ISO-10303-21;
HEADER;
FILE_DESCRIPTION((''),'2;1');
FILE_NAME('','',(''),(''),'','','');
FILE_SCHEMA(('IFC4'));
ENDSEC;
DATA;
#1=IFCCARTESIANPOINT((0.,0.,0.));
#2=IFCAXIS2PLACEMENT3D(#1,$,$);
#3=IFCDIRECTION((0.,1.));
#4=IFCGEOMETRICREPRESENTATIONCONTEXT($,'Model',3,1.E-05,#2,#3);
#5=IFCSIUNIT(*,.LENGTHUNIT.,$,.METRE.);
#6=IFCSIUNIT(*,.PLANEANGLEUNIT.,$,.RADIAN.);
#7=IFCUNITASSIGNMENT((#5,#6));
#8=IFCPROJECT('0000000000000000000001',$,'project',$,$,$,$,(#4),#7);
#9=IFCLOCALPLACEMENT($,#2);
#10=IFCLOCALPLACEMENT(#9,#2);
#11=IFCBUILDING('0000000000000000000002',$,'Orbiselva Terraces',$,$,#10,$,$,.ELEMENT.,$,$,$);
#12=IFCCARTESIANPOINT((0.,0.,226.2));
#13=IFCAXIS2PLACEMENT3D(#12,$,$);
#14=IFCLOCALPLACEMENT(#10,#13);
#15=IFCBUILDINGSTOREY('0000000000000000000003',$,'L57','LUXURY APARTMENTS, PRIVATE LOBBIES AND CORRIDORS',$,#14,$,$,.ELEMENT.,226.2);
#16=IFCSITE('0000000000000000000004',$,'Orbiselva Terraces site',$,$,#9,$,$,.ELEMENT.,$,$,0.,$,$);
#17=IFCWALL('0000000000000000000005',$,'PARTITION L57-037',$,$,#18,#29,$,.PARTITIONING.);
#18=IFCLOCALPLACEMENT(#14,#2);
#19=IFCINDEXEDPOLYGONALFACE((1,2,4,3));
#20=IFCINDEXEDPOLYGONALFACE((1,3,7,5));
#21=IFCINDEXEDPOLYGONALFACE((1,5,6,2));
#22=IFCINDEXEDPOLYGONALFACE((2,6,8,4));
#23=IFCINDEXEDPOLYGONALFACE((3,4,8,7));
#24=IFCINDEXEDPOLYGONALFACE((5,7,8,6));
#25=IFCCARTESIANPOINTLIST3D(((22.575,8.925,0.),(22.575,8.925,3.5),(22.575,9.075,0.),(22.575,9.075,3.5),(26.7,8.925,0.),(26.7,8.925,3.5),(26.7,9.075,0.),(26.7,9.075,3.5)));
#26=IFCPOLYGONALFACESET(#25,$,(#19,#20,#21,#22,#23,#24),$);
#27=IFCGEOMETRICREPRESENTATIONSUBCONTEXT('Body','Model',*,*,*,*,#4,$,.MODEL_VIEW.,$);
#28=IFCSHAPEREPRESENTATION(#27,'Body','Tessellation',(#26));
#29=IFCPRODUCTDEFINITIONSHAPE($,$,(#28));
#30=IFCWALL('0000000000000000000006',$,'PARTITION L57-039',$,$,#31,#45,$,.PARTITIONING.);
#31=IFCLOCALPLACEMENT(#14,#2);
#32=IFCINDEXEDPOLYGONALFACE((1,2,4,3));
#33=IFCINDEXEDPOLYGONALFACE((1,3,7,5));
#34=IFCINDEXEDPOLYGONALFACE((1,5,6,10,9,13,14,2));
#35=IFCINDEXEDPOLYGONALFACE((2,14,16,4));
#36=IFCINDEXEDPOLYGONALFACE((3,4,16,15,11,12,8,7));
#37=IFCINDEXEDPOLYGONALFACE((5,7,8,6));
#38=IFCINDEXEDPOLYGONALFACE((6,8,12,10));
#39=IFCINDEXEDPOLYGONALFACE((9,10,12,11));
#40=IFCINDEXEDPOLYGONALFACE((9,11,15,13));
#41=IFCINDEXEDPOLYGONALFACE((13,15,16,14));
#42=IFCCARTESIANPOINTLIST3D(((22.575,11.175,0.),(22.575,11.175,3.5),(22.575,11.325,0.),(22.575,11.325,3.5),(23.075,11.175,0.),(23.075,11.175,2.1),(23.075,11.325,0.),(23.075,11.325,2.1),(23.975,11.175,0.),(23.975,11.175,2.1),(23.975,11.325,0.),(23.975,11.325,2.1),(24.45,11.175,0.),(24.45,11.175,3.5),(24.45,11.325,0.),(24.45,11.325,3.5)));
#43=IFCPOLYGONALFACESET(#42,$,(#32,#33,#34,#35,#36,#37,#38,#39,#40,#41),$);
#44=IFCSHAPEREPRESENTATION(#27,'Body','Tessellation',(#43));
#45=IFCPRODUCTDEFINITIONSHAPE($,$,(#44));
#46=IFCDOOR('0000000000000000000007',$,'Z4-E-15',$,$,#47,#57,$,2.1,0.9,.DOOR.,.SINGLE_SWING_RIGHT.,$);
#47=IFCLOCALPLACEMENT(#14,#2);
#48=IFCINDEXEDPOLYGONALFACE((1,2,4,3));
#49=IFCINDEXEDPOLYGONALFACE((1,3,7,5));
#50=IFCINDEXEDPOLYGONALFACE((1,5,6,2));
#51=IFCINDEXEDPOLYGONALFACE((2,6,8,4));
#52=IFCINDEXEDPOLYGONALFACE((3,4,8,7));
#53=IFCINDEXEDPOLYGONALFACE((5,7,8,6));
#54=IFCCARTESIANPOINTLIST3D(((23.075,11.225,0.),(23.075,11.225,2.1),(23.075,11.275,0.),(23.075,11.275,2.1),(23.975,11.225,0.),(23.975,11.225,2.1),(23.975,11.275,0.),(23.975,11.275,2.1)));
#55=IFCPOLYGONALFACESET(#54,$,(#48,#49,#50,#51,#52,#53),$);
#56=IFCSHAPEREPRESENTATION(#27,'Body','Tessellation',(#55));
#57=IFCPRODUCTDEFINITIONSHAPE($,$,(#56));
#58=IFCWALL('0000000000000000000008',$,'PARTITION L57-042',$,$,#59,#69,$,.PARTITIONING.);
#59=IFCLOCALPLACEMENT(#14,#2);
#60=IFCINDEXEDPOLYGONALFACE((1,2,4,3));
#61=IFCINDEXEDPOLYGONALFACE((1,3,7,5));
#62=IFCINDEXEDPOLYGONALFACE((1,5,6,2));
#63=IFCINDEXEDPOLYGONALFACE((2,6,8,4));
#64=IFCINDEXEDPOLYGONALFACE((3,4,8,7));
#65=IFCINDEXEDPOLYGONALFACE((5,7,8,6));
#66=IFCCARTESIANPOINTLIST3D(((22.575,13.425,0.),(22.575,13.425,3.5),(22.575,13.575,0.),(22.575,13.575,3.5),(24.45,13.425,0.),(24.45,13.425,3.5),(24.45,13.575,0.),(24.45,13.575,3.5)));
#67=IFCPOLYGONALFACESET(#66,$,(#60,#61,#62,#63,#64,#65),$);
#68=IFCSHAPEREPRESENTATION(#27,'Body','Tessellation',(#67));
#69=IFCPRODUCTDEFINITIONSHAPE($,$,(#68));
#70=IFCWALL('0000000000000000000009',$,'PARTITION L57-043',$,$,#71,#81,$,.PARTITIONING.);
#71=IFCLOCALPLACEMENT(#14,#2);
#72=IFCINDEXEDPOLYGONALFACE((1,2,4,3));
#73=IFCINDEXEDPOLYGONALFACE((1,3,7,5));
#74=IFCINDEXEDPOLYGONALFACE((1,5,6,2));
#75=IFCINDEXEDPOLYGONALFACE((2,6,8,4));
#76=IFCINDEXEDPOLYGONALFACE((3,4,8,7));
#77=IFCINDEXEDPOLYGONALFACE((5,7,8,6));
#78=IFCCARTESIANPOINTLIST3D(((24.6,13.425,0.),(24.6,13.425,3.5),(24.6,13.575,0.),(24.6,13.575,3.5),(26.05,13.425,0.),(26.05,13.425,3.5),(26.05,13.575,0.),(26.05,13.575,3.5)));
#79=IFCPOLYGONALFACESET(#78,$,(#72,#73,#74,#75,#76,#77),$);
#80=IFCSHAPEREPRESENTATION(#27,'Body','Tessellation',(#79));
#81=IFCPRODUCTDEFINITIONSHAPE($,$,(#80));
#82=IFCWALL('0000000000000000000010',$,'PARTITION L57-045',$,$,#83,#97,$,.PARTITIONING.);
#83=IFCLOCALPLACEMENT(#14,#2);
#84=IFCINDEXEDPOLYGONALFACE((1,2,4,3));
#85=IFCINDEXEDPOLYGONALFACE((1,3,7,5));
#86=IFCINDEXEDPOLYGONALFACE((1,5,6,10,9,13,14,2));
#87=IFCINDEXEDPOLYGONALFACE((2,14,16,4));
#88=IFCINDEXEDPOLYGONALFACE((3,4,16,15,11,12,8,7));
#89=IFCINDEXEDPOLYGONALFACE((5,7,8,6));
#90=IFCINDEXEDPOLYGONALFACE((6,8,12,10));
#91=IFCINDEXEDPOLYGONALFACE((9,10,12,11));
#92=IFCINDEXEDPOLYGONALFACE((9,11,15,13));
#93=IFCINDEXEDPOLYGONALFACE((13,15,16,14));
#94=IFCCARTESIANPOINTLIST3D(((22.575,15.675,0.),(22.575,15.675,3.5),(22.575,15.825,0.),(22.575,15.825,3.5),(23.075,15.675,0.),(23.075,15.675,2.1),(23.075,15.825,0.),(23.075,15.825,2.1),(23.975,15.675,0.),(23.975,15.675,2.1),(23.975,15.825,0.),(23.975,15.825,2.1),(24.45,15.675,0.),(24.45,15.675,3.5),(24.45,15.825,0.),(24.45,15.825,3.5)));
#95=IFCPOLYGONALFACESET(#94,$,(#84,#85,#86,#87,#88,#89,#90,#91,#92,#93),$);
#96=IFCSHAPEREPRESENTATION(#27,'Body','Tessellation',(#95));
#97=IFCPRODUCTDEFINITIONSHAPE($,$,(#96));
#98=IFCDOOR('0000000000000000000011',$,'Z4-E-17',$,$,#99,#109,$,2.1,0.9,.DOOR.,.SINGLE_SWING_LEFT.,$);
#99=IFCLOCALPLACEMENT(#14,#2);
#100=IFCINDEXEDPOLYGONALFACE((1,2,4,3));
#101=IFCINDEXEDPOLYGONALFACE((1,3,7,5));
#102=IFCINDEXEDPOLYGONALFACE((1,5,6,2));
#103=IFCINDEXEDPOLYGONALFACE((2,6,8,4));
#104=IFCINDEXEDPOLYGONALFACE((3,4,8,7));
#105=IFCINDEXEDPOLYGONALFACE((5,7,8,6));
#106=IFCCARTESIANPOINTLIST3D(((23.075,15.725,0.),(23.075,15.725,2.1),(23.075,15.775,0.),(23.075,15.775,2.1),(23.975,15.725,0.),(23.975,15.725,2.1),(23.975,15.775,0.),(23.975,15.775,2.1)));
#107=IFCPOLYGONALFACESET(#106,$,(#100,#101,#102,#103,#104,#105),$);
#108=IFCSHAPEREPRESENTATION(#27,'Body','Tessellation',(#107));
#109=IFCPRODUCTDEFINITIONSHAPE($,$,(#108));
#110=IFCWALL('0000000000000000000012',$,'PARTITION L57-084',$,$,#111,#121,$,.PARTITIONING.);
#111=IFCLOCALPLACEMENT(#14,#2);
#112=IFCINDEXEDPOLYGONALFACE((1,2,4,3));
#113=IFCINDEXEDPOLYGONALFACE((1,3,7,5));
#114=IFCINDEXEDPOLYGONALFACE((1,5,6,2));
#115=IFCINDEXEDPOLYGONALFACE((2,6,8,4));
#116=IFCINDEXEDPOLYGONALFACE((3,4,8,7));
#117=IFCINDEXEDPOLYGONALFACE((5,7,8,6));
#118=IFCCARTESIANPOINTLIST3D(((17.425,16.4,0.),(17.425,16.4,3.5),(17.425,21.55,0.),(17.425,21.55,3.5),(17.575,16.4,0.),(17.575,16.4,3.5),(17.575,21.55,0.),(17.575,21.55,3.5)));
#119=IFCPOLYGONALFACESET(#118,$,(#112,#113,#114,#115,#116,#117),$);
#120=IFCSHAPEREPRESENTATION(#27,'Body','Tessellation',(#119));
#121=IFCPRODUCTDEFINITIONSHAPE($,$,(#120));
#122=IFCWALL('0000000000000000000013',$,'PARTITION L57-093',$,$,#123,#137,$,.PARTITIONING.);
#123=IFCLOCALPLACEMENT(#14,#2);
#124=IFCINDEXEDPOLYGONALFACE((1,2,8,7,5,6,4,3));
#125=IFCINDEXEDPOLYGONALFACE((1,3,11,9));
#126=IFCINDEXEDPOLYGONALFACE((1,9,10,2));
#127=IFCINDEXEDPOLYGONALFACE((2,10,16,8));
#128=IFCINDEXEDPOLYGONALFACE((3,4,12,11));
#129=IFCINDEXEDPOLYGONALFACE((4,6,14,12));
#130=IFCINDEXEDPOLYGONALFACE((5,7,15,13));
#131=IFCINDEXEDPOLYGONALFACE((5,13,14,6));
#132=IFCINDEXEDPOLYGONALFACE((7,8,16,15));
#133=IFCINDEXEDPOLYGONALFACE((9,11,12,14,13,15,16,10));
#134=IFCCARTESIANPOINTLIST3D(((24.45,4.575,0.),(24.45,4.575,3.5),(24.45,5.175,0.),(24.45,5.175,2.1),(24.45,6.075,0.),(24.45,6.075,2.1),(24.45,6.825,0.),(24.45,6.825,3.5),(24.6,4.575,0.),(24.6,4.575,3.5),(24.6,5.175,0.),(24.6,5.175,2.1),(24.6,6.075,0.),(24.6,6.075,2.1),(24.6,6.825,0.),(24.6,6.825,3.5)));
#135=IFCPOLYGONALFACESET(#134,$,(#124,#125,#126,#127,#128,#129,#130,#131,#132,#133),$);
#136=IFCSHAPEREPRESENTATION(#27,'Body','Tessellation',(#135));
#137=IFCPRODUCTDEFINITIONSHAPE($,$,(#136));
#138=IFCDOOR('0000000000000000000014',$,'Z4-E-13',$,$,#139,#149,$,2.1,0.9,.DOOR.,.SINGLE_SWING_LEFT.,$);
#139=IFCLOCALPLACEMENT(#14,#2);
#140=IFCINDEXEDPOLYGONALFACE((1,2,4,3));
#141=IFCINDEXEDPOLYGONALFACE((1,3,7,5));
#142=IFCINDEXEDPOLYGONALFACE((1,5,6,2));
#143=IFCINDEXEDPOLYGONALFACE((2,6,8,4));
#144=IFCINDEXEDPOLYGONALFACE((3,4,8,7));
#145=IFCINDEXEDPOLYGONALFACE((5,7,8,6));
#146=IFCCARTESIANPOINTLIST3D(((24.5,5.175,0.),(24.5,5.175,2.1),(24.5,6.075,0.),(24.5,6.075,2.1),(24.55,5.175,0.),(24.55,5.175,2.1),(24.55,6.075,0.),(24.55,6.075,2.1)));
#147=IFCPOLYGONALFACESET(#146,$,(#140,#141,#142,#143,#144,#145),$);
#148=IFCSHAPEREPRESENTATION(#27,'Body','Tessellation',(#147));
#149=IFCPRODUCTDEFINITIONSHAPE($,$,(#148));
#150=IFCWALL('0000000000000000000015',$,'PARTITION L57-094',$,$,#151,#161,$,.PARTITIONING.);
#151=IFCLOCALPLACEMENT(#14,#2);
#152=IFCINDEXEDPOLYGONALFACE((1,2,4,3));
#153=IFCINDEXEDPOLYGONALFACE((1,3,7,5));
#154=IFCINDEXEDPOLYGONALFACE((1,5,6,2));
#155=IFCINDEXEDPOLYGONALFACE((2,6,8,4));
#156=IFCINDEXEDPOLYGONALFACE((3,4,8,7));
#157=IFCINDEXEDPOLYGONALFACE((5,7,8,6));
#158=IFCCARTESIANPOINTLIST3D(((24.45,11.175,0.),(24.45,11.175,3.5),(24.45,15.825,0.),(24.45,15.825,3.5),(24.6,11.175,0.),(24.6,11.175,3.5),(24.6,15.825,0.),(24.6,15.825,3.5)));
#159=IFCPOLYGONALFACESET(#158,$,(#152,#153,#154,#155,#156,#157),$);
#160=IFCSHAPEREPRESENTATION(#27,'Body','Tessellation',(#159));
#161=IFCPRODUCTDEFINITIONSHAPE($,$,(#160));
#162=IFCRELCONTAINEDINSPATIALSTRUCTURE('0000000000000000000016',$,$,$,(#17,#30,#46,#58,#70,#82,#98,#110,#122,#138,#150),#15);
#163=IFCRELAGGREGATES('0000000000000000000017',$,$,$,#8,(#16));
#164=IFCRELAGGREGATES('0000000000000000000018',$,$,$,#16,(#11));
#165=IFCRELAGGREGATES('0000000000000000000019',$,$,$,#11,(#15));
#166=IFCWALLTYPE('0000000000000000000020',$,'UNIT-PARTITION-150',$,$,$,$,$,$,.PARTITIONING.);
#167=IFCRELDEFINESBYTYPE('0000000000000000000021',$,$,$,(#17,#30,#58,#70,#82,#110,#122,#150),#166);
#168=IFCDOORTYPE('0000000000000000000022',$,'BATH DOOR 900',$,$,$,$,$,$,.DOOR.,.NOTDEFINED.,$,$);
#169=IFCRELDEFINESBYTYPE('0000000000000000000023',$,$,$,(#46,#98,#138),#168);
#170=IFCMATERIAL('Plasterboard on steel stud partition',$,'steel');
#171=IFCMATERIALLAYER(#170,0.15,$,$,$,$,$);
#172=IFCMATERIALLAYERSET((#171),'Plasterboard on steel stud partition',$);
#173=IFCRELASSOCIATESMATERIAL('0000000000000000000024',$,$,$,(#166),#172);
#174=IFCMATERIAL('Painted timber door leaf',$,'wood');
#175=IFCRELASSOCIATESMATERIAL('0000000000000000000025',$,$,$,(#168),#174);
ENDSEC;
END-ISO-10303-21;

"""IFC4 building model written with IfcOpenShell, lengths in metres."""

from ifc_helpers import new_model, si_unit, direction, frame, frame_2d, origin, place, context, subcontext, project, spatial, rectangle, extrude, material, layer, layer_set, type_object, element, fill, save


model = new_model("IFC4")

# Units and contexts
model_context = context("Model", 3, precision=1e-05, world=origin(), true_north=direction((0.0, 1.0)))
body_context = subcontext(model_context, "Body", "Model", "MODEL_VIEW")
ifc_project = project(units=[si_unit("LENGTHUNIT", "METRE"), si_unit("PLANEANGLEUNIT", "RADIAN")], contexts=[model_context])

# Site, building, storey
site_placement = place(None, origin())
site = spatial("IfcSite", under=ifc_project, at=site_placement, Name="Orbiselva Terraces site", CompositionType="ELEMENT", RefElevation=0.0)
building_placement = place(site_placement, origin())
building = spatial("IfcBuilding", under=site, at=building_placement, Name="Orbiselva Terraces", CompositionType="ELEMENT")
storey_placement = place(building_placement, frame((0.0, 0.0, 226.2)))
storey = spatial("IfcBuildingStorey", under=building, at=storey_placement, Name="L57", Description="LUXURY APARTMENTS, PRIVATE LOBBIES AND CORRIDORS", CompositionType="ELEMENT", Elevation=226.2)

# Wall
ifc_material_1 = material(Name="Plasterboard on steel stud partition", Category="steel")
ifc_layer_1 = layer(ifc_material_1, 0.15)
ifc_layer_set_1 = layer_set([ifc_layer_1], Name="Plasterboard on steel stud partition")
wall_type_1 = type_object("IfcWallType", Name="UNIT-PARTITION-150", PredefinedType="PARTITIONING", material=ifc_layer_set_1)
wall_1_placement = place(storey_placement, frame((22.575, 9.0, 0.0), z_axis=(0.0, 0.0, 1.0), x_axis=(1.0, 0.0, 0.0)))
element("IfcWall", 1, at=wall_1_placement, inside=storey, type_object=wall_type_1, Name="PARTITION L57-037", PredefinedType="PARTITIONING", context=body_context, shape_type="SweptSolid", body=[
    extrude(rectangle(XDim=4.125, YDim=0.15, at=frame_2d((2.0625, 0.0))), origin(), (0.0, 0.0, 1.0), 3.5),
])

# Wall, opening, door
wall_2_placement = place(storey_placement, frame((22.575, 11.25, 0.0), z_axis=(0.0, 0.0, 1.0), x_axis=(1.0, 0.0, 0.0)))
wall_2 = element("IfcWall", 2, at=wall_2_placement, inside=storey, type_object=wall_type_1, Name="PARTITION L57-039", PredefinedType="PARTITIONING", context=body_context, shape_type="SweptSolid", body=[
    extrude(rectangle(XDim=1.875, YDim=0.15, at=frame_2d((0.9375, 0.0))), origin(), (0.0, 0.0, 1.0), 3.5),
])
opening_1_placement = place(wall_2_placement, frame((0.5, 0.0, 0.0)))
opening_1 = element("IfcOpeningElement", 3, at=opening_1_placement, cuts=wall_2, PredefinedType="OPENING", context=body_context, shape_type="SweptSolid", body=[
    extrude(rectangle(XDim=0.9, YDim=2.1, at=frame_2d((0.45, 1.05))), frame((0.0, 0.085, 0.0), z_axis=(0.0, -1.0, 0.0), x_axis=(1.0, 0.0, 0.0)), (0.0, 0.0, 1.0), 0.17),
])
ifc_material_2 = material(Name="Painted timber door leaf", Category="wood")
door_type_1 = type_object("IfcDoorType", Name="BATH DOOR 900", OperationType="NOTDEFINED", PredefinedType="DOOR", material=ifc_material_2)
door_1_placement = place(opening_1_placement, origin())
door_1 = element("IfcDoor", 4, at=door_1_placement, inside=storey, type_object=door_type_1, Name="Z4-E-15", OperationType="SINGLE_SWING_RIGHT", OverallHeight=2.1, OverallWidth=0.9, PredefinedType="DOOR", context=body_context, shape_type="SweptSolid", body=[
    extrude(rectangle(XDim=0.9, YDim=2.1, at=frame_2d((0.45, 1.05))), frame((0.0, 0.025, 0.0), z_axis=(0.0, -1.0, 0.0), x_axis=(1.0, 0.0, 0.0)), (0.0, 0.0, 1.0), 0.05),
])
fill(opening_1, door_1)

# Walls
wall_3_placement = place(storey_placement, frame((22.575, 13.5, 0.0), z_axis=(0.0, 0.0, 1.0), x_axis=(1.0, 0.0, 0.0)))
element("IfcWall", 5, at=wall_3_placement, inside=storey, type_object=wall_type_1, Name="PARTITION L57-042", PredefinedType="PARTITIONING", context=body_context, shape_type="SweptSolid", body=[
    extrude(rectangle(XDim=1.875, YDim=0.15, at=frame_2d((0.9375, 0.0))), origin(), (0.0, 0.0, 1.0), 3.5),
])
wall_4_placement = place(storey_placement, frame((24.6, 13.5, 0.0), z_axis=(0.0, 0.0, 1.0), x_axis=(1.0, 0.0, 0.0)))
element("IfcWall", 6, at=wall_4_placement, inside=storey, type_object=wall_type_1, Name="PARTITION L57-043", PredefinedType="PARTITIONING", context=body_context, shape_type="SweptSolid", body=[
    extrude(rectangle(XDim=1.45, YDim=0.15, at=frame_2d((0.725, 0.0))), origin(), (0.0, 0.0, 1.0), 3.5),
])

# Wall, opening, door
wall_5_placement = place(storey_placement, frame((24.45, 15.75, 0.0), z_axis=(0.0, 0.0, 1.0), x_axis=(-1.0, 0.0, 0.0)))
wall_5 = element("IfcWall", 7, at=wall_5_placement, inside=storey, type_object=wall_type_1, Name="PARTITION L57-045", PredefinedType="PARTITIONING", context=body_context, shape_type="SweptSolid", body=[
    extrude(rectangle(XDim=1.875, YDim=0.15, at=frame_2d((0.9375, 0.0))), origin(), (0.0, 0.0, 1.0), 3.5),
])
opening_2_placement = place(wall_5_placement, frame((0.475, 0.0, 0.0)))
opening_2 = element("IfcOpeningElement", 8, at=opening_2_placement, cuts=wall_5, PredefinedType="OPENING", context=body_context, shape_type="SweptSolid", body=[
    extrude(rectangle(XDim=0.9, YDim=2.1, at=frame_2d((0.45, 1.05))), frame((0.0, 0.085, 0.0), z_axis=(0.0, -1.0, 0.0), x_axis=(1.0, 0.0, 0.0)), (0.0, 0.0, 1.0), 0.17),
])
door_2_placement = place(opening_2_placement, origin())
door_2 = element("IfcDoor", 9, at=door_2_placement, inside=storey, type_object=door_type_1, Name="Z4-E-17", OperationType="SINGLE_SWING_LEFT", OverallHeight=2.1, OverallWidth=0.9, PredefinedType="DOOR", context=body_context, shape_type="SweptSolid", body=[
    extrude(rectangle(XDim=0.9, YDim=2.1, at=frame_2d((0.45, 1.05))), frame((0.0, 0.025, 0.0), z_axis=(0.0, -1.0, 0.0), x_axis=(1.0, 0.0, 0.0)), (0.0, 0.0, 1.0), 0.05),
])
fill(opening_2, door_2)

# Wall
wall_6_placement = place(storey_placement, frame((17.5, 16.4, 0.0), z_axis=(0.0, 0.0, 1.0), x_axis=(0.0, 1.0, 0.0)))
element("IfcWall", 10, at=wall_6_placement, inside=storey, type_object=wall_type_1, Name="PARTITION L57-084", PredefinedType="PARTITIONING", context=body_context, shape_type="SweptSolid", body=[
    extrude(rectangle(XDim=5.15, YDim=0.15, at=frame_2d((2.575, 0.0))), origin(), (0.0, 0.0, 1.0), 3.5),
])

# Wall, opening, door
wall_7_placement = place(storey_placement, frame((24.525, 4.575, 0.0), z_axis=(0.0, 0.0, 1.0), x_axis=(0.0, 1.0, 0.0)))
wall_7 = element("IfcWall", 11, at=wall_7_placement, inside=storey, type_object=wall_type_1, Name="PARTITION L57-093", PredefinedType="PARTITIONING", context=body_context, shape_type="SweptSolid", body=[
    extrude(rectangle(XDim=2.25, YDim=0.15, at=frame_2d((1.125, 0.0))), origin(), (0.0, 0.0, 1.0), 3.5),
])
opening_3_placement = place(wall_7_placement, frame((0.6, 0.0, 0.0)))
opening_3 = element("IfcOpeningElement", 12, at=opening_3_placement, cuts=wall_7, PredefinedType="OPENING", context=body_context, shape_type="SweptSolid", body=[
    extrude(rectangle(XDim=0.9, YDim=2.1, at=frame_2d((0.45, 1.05))), frame((0.0, 0.085, 0.0), z_axis=(0.0, -1.0, 0.0), x_axis=(1.0, 0.0, 0.0)), (0.0, 0.0, 1.0), 0.17),
])
door_3_placement = place(opening_3_placement, origin())
door_3 = element("IfcDoor", 13, at=door_3_placement, inside=storey, type_object=door_type_1, Name="Z4-E-13", OperationType="SINGLE_SWING_LEFT", OverallHeight=2.1, OverallWidth=0.9, PredefinedType="DOOR", context=body_context, shape_type="SweptSolid", body=[
    extrude(rectangle(XDim=0.9, YDim=2.1, at=frame_2d((0.45, 1.05))), frame((0.0, 0.025, 0.0), z_axis=(0.0, -1.0, 0.0), x_axis=(1.0, 0.0, 0.0)), (0.0, 0.0, 1.0), 0.05),
])
fill(opening_3, door_3)

# Wall
wall_8_placement = place(storey_placement, frame((24.525, 11.175, 0.0), z_axis=(0.0, 0.0, 1.0), x_axis=(0.0, 1.0, 0.0)))
element("IfcWall", 14, at=wall_8_placement, inside=storey, type_object=wall_type_1, Name="PARTITION L57-094", PredefinedType="PARTITIONING", context=body_context, shape_type="SweptSolid", body=[
    extrude(rectangle(XDim=4.65, YDim=0.15, at=frame_2d((2.325, 0.0))), origin(), (0.0, 0.0, 1.0), 3.5),
])

save(model, "model.ifc")
